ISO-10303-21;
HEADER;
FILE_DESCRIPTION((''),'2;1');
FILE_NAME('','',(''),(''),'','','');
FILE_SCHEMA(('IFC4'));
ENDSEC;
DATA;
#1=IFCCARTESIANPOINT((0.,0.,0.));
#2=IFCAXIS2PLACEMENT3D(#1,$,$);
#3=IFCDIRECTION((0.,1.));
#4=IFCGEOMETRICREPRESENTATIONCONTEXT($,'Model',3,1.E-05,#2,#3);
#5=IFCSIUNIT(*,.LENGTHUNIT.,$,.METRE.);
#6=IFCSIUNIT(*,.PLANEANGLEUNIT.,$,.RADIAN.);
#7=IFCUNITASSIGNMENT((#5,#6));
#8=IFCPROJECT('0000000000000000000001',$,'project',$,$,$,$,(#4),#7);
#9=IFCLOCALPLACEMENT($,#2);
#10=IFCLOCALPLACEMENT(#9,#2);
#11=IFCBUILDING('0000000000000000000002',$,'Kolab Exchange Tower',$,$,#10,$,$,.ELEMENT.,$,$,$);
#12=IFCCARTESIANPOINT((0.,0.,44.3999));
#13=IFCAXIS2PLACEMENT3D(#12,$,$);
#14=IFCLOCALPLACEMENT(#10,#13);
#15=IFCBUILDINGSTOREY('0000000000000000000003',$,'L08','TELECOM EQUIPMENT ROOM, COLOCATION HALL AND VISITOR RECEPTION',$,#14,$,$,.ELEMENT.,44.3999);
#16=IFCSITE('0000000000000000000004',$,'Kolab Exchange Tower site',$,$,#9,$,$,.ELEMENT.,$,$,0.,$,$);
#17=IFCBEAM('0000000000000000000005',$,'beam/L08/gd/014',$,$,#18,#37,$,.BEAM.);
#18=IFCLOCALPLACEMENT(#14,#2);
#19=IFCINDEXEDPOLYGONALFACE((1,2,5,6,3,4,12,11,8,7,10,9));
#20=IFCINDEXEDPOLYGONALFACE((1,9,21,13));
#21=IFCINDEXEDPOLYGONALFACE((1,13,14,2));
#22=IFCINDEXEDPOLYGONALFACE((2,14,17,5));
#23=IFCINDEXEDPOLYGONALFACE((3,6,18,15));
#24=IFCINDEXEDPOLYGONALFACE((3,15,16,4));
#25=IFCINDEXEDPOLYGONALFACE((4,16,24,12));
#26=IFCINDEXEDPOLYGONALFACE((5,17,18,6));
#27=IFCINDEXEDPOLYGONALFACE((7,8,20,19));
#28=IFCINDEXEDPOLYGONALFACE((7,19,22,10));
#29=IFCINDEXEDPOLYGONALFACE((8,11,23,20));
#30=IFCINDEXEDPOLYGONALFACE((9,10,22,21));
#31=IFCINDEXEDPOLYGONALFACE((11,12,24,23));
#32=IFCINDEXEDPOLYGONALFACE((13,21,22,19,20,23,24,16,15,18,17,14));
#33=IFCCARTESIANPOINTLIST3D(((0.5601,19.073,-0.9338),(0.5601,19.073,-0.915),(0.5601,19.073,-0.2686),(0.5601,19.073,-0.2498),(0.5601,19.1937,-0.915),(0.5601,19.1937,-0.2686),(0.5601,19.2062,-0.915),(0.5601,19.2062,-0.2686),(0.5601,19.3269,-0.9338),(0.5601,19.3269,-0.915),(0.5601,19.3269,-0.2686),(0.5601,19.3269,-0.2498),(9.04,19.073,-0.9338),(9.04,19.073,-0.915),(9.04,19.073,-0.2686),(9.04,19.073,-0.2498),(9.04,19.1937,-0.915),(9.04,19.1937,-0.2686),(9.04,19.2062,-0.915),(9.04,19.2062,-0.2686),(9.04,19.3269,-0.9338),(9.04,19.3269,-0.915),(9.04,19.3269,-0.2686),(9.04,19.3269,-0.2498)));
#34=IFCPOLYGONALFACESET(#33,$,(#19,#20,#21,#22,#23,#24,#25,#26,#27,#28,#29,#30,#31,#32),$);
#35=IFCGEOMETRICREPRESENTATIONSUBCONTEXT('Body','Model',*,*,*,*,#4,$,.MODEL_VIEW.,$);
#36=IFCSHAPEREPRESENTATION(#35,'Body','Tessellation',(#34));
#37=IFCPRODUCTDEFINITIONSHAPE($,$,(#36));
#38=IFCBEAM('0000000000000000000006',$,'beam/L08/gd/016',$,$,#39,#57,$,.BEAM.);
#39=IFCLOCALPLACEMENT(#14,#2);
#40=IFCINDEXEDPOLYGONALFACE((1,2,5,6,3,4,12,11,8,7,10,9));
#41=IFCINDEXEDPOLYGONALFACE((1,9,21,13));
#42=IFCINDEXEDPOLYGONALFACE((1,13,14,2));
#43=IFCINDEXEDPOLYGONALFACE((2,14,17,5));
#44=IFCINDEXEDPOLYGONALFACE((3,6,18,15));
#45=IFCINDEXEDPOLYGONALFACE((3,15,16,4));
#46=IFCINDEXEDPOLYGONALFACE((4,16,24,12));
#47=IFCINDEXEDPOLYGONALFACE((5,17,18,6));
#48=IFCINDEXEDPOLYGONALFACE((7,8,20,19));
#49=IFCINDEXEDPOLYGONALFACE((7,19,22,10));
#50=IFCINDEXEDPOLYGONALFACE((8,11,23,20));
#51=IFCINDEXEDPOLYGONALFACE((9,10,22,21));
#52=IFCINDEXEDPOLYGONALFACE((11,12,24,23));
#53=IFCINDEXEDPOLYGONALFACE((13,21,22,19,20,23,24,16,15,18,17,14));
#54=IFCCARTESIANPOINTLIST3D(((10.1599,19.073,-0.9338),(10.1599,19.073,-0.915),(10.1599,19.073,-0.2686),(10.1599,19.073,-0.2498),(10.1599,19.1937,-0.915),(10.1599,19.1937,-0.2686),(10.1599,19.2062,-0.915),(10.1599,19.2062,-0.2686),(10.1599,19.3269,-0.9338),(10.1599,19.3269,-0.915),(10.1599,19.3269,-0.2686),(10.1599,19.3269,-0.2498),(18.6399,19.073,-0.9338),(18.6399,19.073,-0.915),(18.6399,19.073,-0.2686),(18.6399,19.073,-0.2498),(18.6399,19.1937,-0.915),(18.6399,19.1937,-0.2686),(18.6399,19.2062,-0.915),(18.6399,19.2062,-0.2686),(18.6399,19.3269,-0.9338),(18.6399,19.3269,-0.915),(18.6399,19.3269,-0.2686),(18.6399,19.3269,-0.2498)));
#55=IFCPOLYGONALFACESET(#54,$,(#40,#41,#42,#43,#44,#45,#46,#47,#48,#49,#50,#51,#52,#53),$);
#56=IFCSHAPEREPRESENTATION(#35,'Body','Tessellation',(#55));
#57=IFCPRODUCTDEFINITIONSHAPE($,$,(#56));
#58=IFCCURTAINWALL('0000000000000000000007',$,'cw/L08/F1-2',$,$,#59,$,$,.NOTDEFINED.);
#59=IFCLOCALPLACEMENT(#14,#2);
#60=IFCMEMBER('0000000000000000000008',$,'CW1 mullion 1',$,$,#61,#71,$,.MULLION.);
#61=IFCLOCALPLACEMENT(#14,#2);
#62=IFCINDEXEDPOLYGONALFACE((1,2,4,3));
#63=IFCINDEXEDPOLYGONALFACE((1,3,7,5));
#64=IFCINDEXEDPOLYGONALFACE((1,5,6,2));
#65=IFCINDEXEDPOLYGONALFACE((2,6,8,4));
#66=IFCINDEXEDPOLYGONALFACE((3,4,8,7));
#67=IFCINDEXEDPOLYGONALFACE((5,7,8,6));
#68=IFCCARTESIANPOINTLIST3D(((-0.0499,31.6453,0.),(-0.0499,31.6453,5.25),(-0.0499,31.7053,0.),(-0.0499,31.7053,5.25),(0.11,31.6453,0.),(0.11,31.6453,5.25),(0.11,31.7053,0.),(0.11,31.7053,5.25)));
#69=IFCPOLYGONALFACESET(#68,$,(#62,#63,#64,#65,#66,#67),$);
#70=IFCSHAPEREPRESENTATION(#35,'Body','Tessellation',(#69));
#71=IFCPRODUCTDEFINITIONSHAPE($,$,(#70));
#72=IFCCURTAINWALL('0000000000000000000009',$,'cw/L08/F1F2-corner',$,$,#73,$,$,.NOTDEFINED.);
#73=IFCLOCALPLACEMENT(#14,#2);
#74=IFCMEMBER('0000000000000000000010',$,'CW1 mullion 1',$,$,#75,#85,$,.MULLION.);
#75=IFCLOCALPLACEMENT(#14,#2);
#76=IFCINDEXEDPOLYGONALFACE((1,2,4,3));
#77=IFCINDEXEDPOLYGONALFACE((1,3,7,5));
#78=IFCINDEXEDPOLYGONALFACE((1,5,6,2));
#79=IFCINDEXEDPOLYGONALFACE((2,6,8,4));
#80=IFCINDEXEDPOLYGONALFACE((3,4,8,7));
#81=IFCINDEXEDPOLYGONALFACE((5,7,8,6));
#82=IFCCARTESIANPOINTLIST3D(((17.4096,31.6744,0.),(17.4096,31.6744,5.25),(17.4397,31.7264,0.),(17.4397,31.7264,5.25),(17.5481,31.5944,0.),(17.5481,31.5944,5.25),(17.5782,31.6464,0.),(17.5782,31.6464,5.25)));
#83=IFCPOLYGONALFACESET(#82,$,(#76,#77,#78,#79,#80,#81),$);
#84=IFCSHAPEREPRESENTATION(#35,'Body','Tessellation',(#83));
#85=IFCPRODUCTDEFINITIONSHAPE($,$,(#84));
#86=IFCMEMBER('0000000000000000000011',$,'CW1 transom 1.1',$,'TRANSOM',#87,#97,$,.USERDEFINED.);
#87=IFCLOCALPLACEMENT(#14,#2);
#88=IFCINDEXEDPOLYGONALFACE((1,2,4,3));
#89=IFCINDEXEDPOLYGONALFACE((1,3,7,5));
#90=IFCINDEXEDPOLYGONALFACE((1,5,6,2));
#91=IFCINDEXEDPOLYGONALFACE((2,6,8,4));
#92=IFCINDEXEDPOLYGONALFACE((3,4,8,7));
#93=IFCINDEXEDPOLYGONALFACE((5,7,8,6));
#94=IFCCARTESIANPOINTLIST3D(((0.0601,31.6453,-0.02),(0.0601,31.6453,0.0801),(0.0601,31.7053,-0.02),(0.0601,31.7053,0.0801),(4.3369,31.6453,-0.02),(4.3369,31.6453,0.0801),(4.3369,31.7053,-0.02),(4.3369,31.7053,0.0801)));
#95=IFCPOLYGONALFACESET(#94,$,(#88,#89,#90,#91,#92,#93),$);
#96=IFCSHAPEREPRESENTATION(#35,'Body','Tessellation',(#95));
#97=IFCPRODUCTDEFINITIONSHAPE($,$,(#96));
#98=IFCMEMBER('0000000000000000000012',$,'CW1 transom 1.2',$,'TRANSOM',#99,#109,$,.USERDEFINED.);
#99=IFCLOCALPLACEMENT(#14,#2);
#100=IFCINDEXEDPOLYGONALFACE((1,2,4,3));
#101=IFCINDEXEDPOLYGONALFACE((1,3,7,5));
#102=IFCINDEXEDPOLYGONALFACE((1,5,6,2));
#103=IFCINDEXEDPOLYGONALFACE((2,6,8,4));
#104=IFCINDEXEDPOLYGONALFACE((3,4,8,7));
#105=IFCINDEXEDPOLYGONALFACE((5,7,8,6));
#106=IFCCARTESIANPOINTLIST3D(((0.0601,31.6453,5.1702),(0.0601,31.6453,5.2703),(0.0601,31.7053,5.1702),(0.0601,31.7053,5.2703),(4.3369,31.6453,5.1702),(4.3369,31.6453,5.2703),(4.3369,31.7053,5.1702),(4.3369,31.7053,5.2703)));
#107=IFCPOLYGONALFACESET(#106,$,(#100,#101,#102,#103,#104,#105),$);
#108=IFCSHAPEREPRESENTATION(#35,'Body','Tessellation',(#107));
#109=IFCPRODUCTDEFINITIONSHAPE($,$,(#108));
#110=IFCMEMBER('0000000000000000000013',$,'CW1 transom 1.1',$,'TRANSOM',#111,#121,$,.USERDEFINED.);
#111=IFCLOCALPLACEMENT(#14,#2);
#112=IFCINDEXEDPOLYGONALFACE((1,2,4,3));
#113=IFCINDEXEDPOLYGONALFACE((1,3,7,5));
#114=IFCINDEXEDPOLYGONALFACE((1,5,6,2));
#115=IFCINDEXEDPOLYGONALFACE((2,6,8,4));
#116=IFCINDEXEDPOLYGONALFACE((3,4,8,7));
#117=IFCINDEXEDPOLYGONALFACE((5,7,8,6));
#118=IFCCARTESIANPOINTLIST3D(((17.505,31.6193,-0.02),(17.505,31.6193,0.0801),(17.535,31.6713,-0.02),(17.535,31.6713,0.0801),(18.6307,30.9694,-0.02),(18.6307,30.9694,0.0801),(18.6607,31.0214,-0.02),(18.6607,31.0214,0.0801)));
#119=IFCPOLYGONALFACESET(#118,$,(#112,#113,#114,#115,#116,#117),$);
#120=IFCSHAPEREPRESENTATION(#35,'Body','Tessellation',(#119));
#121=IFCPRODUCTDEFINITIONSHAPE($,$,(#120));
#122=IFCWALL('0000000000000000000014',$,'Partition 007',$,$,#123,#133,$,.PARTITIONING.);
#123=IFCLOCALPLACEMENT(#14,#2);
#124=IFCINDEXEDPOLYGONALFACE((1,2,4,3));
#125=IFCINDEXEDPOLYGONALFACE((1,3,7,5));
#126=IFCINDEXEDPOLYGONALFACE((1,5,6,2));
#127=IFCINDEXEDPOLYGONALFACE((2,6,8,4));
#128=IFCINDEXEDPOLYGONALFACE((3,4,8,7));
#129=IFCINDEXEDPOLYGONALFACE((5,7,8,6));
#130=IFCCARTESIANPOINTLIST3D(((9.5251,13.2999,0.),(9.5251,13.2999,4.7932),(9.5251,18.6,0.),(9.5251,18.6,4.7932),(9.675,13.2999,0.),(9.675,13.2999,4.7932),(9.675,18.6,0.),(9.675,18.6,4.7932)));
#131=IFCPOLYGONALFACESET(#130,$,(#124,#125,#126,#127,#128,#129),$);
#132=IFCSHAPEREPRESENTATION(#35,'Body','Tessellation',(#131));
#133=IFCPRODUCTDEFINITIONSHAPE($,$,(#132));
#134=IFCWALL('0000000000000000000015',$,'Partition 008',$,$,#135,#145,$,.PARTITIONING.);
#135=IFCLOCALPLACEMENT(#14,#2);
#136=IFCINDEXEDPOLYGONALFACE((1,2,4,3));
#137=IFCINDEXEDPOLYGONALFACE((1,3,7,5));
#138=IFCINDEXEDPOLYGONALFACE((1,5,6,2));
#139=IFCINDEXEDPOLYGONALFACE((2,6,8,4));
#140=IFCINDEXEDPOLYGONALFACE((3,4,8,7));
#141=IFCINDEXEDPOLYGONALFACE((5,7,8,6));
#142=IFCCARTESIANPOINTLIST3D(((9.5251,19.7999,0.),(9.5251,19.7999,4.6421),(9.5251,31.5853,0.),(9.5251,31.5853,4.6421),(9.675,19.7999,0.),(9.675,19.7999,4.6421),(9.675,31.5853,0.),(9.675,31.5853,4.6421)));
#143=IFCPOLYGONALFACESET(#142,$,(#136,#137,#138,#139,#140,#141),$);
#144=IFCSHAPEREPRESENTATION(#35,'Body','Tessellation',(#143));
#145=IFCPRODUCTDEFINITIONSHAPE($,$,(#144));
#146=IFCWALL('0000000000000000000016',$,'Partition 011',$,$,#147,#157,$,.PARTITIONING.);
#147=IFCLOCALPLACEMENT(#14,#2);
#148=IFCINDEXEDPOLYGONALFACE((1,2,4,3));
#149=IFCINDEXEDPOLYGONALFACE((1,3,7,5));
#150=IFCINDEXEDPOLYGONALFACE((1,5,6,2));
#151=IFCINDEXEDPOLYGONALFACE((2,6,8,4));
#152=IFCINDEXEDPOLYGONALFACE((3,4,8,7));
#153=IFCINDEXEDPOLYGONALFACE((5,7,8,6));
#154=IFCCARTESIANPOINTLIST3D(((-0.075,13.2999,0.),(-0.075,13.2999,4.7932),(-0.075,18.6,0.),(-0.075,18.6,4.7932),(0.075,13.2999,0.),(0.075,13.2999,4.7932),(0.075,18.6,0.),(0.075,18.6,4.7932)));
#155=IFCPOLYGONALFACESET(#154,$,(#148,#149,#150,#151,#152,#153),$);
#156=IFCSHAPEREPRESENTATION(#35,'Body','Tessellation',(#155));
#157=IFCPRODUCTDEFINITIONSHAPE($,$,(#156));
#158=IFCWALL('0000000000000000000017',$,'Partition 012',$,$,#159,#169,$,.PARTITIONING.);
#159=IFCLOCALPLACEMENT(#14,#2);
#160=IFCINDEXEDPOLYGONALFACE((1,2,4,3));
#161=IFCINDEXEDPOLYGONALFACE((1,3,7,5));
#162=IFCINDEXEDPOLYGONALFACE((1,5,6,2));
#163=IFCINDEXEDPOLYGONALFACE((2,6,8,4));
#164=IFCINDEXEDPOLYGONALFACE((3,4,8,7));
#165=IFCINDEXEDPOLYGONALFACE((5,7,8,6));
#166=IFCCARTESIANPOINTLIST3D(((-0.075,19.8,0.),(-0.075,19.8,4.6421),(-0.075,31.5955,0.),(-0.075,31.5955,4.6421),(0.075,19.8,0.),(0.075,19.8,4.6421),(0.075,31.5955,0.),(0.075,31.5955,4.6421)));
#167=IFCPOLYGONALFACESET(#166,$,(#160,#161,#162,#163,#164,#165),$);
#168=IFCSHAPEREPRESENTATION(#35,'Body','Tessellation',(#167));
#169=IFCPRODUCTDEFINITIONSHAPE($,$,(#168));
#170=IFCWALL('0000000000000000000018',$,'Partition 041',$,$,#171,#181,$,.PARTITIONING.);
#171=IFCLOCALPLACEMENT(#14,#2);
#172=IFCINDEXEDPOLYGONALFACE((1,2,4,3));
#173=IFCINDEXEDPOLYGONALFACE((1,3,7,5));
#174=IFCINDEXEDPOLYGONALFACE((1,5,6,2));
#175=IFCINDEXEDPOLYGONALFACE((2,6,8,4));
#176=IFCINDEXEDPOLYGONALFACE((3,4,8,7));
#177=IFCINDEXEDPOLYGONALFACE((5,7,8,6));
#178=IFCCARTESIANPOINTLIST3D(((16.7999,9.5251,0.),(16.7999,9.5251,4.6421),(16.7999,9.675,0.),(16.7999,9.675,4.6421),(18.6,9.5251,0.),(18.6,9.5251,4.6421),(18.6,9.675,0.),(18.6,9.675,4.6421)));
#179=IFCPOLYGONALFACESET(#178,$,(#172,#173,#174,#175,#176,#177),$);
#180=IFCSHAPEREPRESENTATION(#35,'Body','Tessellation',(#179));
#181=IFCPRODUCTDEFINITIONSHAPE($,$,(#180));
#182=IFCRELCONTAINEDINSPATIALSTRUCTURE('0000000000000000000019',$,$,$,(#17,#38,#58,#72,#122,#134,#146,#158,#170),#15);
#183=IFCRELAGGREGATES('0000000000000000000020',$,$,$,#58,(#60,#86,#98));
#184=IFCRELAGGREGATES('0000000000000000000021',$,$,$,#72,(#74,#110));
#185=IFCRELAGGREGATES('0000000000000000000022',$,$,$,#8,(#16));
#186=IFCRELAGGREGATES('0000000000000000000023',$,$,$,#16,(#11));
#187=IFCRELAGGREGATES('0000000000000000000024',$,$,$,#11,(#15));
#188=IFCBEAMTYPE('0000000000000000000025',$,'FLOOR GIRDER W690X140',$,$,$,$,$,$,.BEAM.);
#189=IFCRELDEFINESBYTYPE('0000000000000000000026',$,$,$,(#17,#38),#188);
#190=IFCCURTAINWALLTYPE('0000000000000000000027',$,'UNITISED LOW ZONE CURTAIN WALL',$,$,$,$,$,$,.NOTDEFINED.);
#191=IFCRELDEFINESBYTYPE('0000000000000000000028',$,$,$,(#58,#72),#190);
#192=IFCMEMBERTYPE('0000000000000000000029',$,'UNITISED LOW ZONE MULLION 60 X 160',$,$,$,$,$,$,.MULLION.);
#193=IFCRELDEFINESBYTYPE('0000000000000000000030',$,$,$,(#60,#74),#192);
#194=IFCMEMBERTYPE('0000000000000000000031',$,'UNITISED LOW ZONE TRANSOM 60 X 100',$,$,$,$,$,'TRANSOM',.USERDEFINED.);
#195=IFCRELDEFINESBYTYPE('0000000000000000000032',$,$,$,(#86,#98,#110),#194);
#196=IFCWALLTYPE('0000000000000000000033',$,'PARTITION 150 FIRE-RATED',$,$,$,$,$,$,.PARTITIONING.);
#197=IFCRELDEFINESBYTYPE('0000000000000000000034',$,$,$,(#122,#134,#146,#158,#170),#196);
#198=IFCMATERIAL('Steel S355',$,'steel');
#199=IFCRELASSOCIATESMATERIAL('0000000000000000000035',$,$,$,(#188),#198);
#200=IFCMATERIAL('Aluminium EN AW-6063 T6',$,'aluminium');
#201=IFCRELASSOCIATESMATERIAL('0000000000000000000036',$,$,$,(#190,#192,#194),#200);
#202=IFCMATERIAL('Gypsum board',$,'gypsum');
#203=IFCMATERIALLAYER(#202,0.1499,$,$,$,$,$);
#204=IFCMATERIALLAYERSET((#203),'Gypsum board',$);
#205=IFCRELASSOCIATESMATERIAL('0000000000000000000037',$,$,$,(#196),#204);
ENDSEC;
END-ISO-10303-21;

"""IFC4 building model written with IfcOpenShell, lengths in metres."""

from ifc_helpers import new_model, si_unit, direction, frame, frame_2d, origin, origin_2d, place, context, subcontext, project, spatial, rectangle, i_section, extrude, material, layer, layer_set, material_profile, profile_set, type_object, element, aggregate, save


model = new_model("IFC4")

# Units and contexts
model_context = context("Model", 3, precision=1e-05, world=origin(), true_north=direction((0.0, 1.0)))
body_context = subcontext(model_context, "Body", "Model", "MODEL_VIEW")
ifc_project = project(units=[si_unit("LENGTHUNIT", "METRE"), si_unit("PLANEANGLEUNIT", "RADIAN")], contexts=[model_context])

# Site, building, storey
site_placement = place(None, origin())
site = spatial("IfcSite", under=ifc_project, at=site_placement, Name="Kolab Exchange Tower site", CompositionType="ELEMENT", RefElevation=0.0)
building_placement = place(site_placement, origin())
building = spatial("IfcBuilding", under=site, at=building_placement, Name="Kolab Exchange Tower", CompositionType="ELEMENT")
storey_placement = place(building_placement, frame((0.0, 0.0, 44.3999)))
storey = spatial("IfcBuildingStorey", under=building, at=storey_placement, Name="L08", Description="TELECOM EQUIPMENT ROOM, COLOCATION HALL AND VISITOR RECEPTION", CompositionType="ELEMENT", Elevation=44.3999)

# Beams
ifc_material_1 = material(Name="Steel S355", Category="steel")
ifc_material_profile_1 = material_profile(ifc_material_1, i_section(OverallWidth=0.2539, OverallDepth=0.6841, WebThickness=0.0125, FlangeThickness=0.0188, at=origin_2d()), Name="W690X140")
ifc_profile_set_1 = profile_set([ifc_material_profile_1], Name="Steel S355")
beam_type_1 = type_object("IfcBeamType", Name="FLOOR GIRDER W690X140", PredefinedType="BEAM", material=ifc_profile_set_1)
for number, where, z_axis, x_axis, name in (
    (1, (0.5601, 19.2, -0.5918), (1.0, 0.0, 0.0), (0.0, 1.0, 0.0), "beam/L08/gd/014"),
    (2, (10.1599, 19.2, -0.5918), (1.0, 0.0, 0.0), (0.0, 1.0, 0.0), "beam/L08/gd/016"),
):
    element("IfcBeam", number, at=place(storey_placement, frame(where, z_axis=z_axis, x_axis=x_axis)), inside=storey, type_object=beam_type_1, Name=name, PredefinedType="BEAM", context=body_context, shape_type="SweptSolid", body=[
        extrude(i_section(OverallWidth=0.2539, OverallDepth=0.6841, WebThickness=0.0125, FlangeThickness=0.0188, at=origin_2d()), origin(), (0.0, 0.0, 1.0), 8.48),
    ])

# Curtain walls, members
ifc_material_2 = material(Name="Aluminium EN AW-6063 T6", Category="aluminium")
curtain_wall_type = type_object("IfcCurtainWallType", Name="UNITISED LOW ZONE CURTAIN WALL", PredefinedType="NOTDEFINED", material=ifc_material_2)
curtain_wall_1_placement = place(storey_placement, origin())
curtain_wall_1 = element("IfcCurtainWall", 3, at=curtain_wall_1_placement, inside=storey, type_object=curtain_wall_type, Name="cw/L08/F1-2", PredefinedType="NOTDEFINED")
ifc_material_profile_2 = material_profile(ifc_material_2, rectangle(XDim=0.0601, YDim=0.1599, at=origin_2d()), Name="RECT 60X160")
ifc_profile_set_2 = profile_set([ifc_material_profile_2], Name="Aluminium EN AW-6063 T6")
member_type_1 = type_object("IfcMemberType", Name="UNITISED LOW ZONE MULLION 60 X 160", PredefinedType="MULLION", material=ifc_profile_set_2)
member_1_placement = place(storey_placement, frame((0.03, 31.6753, 0.0), z_axis=(0.0, 0.0, 1.0), x_axis=(0.0, 1.0, 0.0)))
member_1 = element("IfcMember", 4, at=member_1_placement, type_object=member_type_1, Name="CW1 mullion 1", PredefinedType="MULLION", context=body_context, shape_type="SweptSolid", body=[
    extrude(rectangle(XDim=0.0601, YDim=0.1599, at=origin_2d()), origin(), (0.0, 0.0, 1.0), 5.25),
])
curtain_wall_2_placement = place(storey_placement, origin())
curtain_wall_2 = element("IfcCurtainWall", 5, at=curtain_wall_2_placement, inside=storey, type_object=curtain_wall_type, Name="cw/L08/F1F2-corner", PredefinedType="NOTDEFINED")
member_2_placement = place(storey_placement, frame((17.4939, 31.6604, 0.0), z_axis=(0.0, 0.0, 1.0), x_axis=(0.5, 0.866025, 0.0)))
member_2 = element("IfcMember", 6, at=member_2_placement, type_object=member_type_1, Name="CW1 mullion 1", PredefinedType="MULLION", context=body_context, shape_type="SweptSolid", body=[
    extrude(rectangle(XDim=0.0601, YDim=0.1599, at=origin_2d()), origin(), (0.0, 0.0, 1.0), 5.25),
])

# Members
ifc_material_profile_3 = material_profile(ifc_material_2, rectangle(XDim=0.0601, YDim=0.1001, at=origin_2d()), Name="RECT 60X100")
ifc_profile_set_3 = profile_set([ifc_material_profile_3], Name="Aluminium EN AW-6063 T6")
member_type_2 = type_object("IfcMemberType", Name="UNITISED LOW ZONE TRANSOM 60 X 100", ElementType="TRANSOM", PredefinedType="USERDEFINED", material=ifc_profile_set_3)
member_3_placement = place(storey_placement, frame((0.0601, 31.6753, 0.03), z_axis=(1.0, 0.0, 0.0), x_axis=(0.0, 1.0, 0.0)))
member_3 = element("IfcMember", 7, at=member_3_placement, type_object=member_type_2, Name="CW1 transom 1.1", ObjectType="TRANSOM", PredefinedType="USERDEFINED", context=body_context, shape_type="SweptSolid", body=[
    extrude(rectangle(XDim=0.0601, YDim=0.1001, at=origin_2d()), origin(), (0.0, 0.0, 1.0), 4.2769),
])
member_4_placement = place(storey_placement, frame((0.0601, 31.6753, 5.2202), z_axis=(1.0, 0.0, 0.0), x_axis=(0.0, 1.0, 0.0)))
member_4 = element("IfcMember", 8, at=member_4_placement, type_object=member_type_2, Name="CW1 transom 1.2", ObjectType="TRANSOM", PredefinedType="USERDEFINED", context=body_context, shape_type="SweptSolid", body=[
    extrude(rectangle(XDim=0.0601, YDim=0.1001, at=origin_2d()), origin(), (0.0, 0.0, 1.0), 4.2769),
])
aggregate(curtain_wall_1, [member_1, member_3, member_4])
member_5_placement = place(storey_placement, frame((17.52, 31.6453, 0.03), z_axis=(0.866039, -0.499977, 0.0), x_axis=(0.499977, 0.866039, 0.0)))
member_5 = element("IfcMember", 9, at=member_5_placement, type_object=member_type_2, Name="CW1 transom 1.1", ObjectType="TRANSOM", PredefinedType="USERDEFINED", context=body_context, shape_type="SweptSolid", body=[
    extrude(rectangle(XDim=0.0601, YDim=0.1001, at=origin_2d()), origin(), (0.0, 0.0, 1.0), 1.2998),
])
aggregate(curtain_wall_2, [member_2, member_5])

# Walls
ifc_material_3 = material(Name="Gypsum board", Category="gypsum")
ifc_layer = layer(ifc_material_3, 0.1499)
ifc_layer_set = layer_set([ifc_layer], Name="Gypsum board")
wall_type = type_object("IfcWallType", Name="PARTITION 150 FIRE-RATED", PredefinedType="PARTITIONING", material=ifc_layer_set)
wall_1_placement = place(storey_placement, frame((9.6001, 13.3, 0.0), z_axis=(0.0, 0.0, 1.0), x_axis=(0.0, 1.0, 0.0)))
element("IfcWall", 10, at=wall_1_placement, inside=storey, type_object=wall_type, Name="Partition 007", PredefinedType="PARTITIONING", context=body_context, shape_type="SweptSolid", body=[
    extrude(rectangle(XDim=5.3, YDim=0.1499, at=frame_2d((2.6499, 0.0))), origin(), (0.0, 0.0, 1.0), 4.7932),
])
wall_2_placement = place(storey_placement, frame((9.6001, 19.8, 0.0), z_axis=(0.0, 0.0, 1.0), x_axis=(0.0, 1.0, 0.0)))
element("IfcWall", 11, at=wall_2_placement, inside=storey, type_object=wall_type, Name="Partition 008", PredefinedType="PARTITIONING", context=body_context, shape_type="SweptSolid", body=[
    extrude(rectangle(XDim=11.7854, YDim=0.1499, at=frame_2d((5.8926, 0.0))), origin(), (0.0, 0.0, 1.0), 4.6421),
])
wall_3_placement = place(storey_placement, frame((0.0, 13.3, 0.0), z_axis=(0.0, 0.0, 1.0), x_axis=(0.0, 1.0, 0.0)))
element("IfcWall", 12, at=wall_3_placement, inside=storey, type_object=wall_type, Name="Partition 011", PredefinedType="PARTITIONING", context=body_context, shape_type="SweptSolid", body=[
    extrude(rectangle(XDim=5.3, YDim=0.1499, at=frame_2d((2.6499, 0.0))), origin(), (0.0, 0.0, 1.0), 4.7932),
])
wall_4_placement = place(storey_placement, frame((0.0, 19.8, 0.0), z_axis=(0.0, 0.0, 1.0), x_axis=(0.0, 1.0, 0.0)))
element("IfcWall", 13, at=wall_4_placement, inside=storey, type_object=wall_type, Name="Partition 012", PredefinedType="PARTITIONING", context=body_context, shape_type="SweptSolid", body=[
    extrude(rectangle(XDim=11.7954, YDim=0.1499, at=frame_2d((5.8977, 0.0))), origin(), (0.0, 0.0, 1.0), 4.6421),
])
wall_5_placement = place(storey_placement, frame((16.8, 9.6001, 0.0), z_axis=(0.0, 0.0, 1.0), x_axis=(1.0, 0.0, 0.0)))
element("IfcWall", 14, at=wall_5_placement, inside=storey, type_object=wall_type, Name="Partition 041", PredefinedType="PARTITIONING", context=body_context, shape_type="SweptSolid", body=[
    extrude(rectangle(XDim=1.8, YDim=0.1499, at=frame_2d((0.8999, 0.0))), origin(), (0.0, 0.0, 1.0), 4.6421),
])

save(model, "model.ifc")
